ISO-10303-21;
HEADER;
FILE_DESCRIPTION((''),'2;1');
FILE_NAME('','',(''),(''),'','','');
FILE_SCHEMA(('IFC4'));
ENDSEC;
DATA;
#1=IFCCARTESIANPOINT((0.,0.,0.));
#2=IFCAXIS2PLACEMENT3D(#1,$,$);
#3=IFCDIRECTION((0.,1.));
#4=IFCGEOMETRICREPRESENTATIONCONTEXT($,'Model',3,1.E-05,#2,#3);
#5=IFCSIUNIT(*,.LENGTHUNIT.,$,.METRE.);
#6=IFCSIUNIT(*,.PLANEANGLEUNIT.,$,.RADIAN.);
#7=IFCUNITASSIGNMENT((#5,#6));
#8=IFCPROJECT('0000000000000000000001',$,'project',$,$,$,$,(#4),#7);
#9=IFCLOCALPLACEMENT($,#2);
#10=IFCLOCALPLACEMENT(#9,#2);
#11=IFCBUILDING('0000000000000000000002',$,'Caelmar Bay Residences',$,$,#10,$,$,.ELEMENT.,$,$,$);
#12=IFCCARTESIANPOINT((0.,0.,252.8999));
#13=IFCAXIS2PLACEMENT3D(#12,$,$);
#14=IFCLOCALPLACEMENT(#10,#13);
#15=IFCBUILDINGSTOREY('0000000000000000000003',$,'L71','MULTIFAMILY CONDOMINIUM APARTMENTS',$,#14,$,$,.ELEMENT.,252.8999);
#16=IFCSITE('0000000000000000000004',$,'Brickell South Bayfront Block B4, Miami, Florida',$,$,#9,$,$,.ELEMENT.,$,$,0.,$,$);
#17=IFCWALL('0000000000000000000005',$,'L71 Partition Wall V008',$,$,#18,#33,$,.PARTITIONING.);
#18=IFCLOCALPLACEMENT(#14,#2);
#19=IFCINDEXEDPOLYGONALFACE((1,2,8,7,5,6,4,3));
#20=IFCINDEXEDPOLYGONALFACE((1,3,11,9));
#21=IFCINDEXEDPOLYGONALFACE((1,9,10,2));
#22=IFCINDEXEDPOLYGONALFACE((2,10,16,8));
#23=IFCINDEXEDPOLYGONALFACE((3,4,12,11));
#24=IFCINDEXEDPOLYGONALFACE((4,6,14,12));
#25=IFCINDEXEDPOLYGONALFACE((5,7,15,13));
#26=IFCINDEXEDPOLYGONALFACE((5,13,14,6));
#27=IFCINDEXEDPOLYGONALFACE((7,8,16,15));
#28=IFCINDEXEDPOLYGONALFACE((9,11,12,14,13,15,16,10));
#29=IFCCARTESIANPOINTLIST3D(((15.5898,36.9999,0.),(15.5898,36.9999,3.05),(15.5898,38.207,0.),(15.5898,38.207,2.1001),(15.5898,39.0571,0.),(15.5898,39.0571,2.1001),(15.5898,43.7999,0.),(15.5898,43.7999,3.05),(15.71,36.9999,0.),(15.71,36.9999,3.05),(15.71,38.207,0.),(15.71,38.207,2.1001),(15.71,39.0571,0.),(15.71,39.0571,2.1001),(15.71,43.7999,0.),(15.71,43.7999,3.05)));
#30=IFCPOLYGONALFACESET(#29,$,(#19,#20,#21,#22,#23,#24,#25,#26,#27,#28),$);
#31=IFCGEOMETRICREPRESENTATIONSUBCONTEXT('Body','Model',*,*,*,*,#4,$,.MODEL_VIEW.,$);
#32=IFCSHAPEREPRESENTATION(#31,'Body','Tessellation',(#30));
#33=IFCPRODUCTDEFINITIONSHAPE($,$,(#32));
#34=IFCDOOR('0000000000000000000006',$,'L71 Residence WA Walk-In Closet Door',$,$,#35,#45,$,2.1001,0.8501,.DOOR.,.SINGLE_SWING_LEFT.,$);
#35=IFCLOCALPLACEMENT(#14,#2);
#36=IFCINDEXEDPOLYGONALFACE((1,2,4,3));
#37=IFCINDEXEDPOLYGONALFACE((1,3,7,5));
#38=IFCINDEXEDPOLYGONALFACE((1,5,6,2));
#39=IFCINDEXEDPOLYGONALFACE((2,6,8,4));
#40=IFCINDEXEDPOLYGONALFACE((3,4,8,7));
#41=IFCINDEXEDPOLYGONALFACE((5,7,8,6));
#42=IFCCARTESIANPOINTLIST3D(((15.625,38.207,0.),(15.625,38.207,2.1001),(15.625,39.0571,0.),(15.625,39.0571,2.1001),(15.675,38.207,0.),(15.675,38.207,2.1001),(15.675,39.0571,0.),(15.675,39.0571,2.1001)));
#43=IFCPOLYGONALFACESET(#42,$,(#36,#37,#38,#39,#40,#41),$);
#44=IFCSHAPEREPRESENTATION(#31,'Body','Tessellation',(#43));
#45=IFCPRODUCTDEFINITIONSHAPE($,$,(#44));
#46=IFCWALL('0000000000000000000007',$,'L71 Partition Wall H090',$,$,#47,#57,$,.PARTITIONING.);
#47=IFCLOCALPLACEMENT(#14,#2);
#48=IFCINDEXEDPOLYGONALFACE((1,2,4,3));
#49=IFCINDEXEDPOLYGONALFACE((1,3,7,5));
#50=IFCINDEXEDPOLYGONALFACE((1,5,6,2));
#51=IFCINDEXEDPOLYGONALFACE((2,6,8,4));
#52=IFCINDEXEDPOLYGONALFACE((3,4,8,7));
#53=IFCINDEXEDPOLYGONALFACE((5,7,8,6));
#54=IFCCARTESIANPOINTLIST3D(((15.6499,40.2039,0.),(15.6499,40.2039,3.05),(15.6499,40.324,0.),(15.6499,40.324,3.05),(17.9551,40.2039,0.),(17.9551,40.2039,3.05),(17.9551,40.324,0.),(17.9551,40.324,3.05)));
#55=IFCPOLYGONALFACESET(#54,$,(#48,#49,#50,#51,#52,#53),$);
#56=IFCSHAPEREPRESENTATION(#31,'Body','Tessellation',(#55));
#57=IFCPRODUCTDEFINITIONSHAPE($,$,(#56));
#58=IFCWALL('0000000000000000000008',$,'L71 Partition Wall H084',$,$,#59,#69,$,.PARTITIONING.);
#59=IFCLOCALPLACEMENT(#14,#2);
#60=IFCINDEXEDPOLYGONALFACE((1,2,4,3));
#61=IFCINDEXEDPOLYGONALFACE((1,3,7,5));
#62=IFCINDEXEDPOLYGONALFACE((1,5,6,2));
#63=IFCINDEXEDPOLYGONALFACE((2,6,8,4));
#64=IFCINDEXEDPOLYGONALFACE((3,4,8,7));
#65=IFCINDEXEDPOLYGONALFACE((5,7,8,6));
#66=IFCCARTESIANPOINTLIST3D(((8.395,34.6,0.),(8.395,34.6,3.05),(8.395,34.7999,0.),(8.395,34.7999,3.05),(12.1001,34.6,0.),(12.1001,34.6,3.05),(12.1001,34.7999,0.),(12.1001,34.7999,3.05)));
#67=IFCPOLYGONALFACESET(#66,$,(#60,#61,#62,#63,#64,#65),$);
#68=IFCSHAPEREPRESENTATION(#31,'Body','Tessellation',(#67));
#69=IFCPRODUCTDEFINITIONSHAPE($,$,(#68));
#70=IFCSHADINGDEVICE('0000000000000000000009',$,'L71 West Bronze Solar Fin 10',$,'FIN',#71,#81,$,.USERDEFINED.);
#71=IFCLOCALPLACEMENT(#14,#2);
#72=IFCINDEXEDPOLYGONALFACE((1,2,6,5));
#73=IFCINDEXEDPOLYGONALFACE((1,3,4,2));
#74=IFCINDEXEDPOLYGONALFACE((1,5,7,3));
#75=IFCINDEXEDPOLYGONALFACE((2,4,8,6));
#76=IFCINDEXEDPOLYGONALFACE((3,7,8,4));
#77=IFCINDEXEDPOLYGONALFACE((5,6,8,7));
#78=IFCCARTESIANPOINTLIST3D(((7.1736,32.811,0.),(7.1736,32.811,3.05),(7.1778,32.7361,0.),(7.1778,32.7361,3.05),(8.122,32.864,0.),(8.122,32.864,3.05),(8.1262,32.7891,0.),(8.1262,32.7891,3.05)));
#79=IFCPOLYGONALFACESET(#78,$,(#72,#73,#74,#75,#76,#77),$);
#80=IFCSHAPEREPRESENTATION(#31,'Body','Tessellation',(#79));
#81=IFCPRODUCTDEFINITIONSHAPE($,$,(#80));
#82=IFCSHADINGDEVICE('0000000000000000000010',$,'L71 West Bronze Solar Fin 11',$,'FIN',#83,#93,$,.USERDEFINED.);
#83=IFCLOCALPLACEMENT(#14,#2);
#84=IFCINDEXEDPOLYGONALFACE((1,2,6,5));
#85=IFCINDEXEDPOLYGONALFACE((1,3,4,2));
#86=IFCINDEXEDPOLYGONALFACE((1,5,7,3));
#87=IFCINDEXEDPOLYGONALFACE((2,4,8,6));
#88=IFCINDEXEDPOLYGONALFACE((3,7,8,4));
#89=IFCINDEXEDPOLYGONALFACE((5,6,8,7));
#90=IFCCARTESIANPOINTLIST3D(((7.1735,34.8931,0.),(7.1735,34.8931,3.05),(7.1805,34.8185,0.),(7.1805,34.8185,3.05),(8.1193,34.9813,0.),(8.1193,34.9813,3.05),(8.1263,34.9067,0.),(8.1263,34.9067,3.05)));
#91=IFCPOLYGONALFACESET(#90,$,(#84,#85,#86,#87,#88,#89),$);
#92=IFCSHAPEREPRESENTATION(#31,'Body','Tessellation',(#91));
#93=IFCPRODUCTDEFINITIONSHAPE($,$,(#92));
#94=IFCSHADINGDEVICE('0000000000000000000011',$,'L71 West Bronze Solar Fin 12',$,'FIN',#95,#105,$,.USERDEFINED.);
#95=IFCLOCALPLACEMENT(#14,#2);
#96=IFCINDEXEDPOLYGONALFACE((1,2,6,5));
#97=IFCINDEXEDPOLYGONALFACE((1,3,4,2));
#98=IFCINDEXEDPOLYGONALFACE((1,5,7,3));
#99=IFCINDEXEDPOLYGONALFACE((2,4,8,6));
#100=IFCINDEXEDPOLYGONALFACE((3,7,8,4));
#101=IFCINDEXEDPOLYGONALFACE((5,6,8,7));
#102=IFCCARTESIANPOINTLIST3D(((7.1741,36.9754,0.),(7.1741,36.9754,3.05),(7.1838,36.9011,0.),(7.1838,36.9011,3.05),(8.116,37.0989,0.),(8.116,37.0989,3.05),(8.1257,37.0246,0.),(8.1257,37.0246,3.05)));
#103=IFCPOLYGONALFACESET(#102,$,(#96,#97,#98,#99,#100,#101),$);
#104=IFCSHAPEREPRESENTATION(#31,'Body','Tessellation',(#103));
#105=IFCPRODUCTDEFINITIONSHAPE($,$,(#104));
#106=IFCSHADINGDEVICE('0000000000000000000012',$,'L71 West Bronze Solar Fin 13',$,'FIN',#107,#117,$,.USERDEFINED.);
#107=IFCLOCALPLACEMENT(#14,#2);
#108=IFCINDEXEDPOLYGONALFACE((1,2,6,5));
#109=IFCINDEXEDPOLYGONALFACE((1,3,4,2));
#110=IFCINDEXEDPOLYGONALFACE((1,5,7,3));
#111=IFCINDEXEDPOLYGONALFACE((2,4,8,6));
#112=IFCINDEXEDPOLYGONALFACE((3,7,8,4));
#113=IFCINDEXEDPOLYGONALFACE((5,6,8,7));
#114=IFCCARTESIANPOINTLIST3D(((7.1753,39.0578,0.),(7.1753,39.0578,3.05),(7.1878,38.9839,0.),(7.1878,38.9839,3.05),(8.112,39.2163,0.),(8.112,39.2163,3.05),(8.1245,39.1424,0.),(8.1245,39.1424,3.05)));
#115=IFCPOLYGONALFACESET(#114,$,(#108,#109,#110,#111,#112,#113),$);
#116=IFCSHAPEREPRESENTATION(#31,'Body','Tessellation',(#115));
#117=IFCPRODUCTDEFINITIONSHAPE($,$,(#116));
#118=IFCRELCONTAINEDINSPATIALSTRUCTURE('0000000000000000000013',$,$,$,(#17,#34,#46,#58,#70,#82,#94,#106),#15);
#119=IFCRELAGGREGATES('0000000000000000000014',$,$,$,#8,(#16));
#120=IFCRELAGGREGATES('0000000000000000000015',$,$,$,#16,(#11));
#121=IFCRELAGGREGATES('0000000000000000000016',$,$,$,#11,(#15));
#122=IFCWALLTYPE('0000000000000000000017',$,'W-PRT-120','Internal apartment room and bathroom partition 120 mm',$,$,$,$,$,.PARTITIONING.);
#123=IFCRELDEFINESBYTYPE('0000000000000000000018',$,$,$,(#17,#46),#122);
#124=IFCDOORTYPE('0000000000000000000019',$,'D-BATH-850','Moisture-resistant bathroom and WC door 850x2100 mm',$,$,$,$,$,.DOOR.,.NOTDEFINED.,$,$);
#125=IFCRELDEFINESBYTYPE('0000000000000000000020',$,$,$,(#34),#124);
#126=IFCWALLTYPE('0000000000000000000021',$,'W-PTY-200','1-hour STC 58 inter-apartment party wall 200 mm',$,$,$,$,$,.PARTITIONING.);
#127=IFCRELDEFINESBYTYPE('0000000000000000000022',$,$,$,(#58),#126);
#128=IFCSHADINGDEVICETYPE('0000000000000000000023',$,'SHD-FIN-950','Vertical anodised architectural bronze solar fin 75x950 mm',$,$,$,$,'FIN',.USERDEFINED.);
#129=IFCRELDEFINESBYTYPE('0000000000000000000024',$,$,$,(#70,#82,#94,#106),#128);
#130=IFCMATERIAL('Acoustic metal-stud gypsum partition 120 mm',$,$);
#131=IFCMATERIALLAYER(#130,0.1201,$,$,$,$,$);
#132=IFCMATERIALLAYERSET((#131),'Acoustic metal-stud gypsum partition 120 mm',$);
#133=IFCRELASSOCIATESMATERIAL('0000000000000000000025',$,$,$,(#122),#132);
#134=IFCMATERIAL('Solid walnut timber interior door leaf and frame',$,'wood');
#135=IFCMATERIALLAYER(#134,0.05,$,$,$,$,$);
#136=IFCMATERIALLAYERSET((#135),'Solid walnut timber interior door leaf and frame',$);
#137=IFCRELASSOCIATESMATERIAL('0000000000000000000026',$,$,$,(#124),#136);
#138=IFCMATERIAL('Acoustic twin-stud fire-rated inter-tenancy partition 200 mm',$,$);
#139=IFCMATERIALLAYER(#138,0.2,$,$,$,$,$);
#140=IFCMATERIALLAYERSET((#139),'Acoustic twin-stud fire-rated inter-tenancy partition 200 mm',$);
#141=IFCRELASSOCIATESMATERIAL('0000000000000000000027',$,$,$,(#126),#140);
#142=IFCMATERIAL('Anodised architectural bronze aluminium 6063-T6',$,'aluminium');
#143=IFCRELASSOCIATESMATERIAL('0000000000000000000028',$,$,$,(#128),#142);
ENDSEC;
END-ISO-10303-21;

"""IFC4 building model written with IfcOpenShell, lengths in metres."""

from ifc_helpers import new_model, si_unit, direction, frame, frame_2d, origin, origin_2d, place, context, subcontext, project, spatial, rectangle, extrude, material, layer, layer_set, material_profile, profile_set, type_object, element, fill, save


model = new_model("IFC4")

# Units and contexts
model_context = context("Model", 3, precision=1e-05, world=origin(), true_north=direction((0.0, 1.0)))
body_context = subcontext(model_context, "Body", "Model", "MODEL_VIEW")
ifc_project = project(units=[si_unit("LENGTHUNIT", "METRE"), si_unit("PLANEANGLEUNIT", "RADIAN")], contexts=[model_context])

# Site, building, storey
site_placement = place(None, origin())
site = spatial("IfcSite", under=ifc_project, at=site_placement, Name="Brickell South Bayfront Block B4, Miami, Florida", CompositionType="ELEMENT", RefElevation=0.0)
building_placement = place(site_placement, origin())
building = spatial("IfcBuilding", under=site, at=building_placement, Name="Caelmar Bay Residences", CompositionType="ELEMENT")
storey_placement = place(building_placement, frame((0.0, 0.0, 252.8999)))
storey = spatial("IfcBuildingStorey", under=building, at=storey_placement, Name="L71", Description="MULTIFAMILY CONDOMINIUM APARTMENTS", CompositionType="ELEMENT", Elevation=252.8999)

# Shared definitions
ifc_material_1 = material(Name="Acoustic metal-stud gypsum partition 120 mm")
ifc_layer_1 = layer(ifc_material_1, 0.1201)
ifc_layer_set_1 = layer_set([ifc_layer_1], Name="Acoustic metal-stud gypsum partition 120 mm")
wall_type_1 = type_object("IfcWallType", Name="W-PRT-120", Description="Internal apartment room and bathroom partition 120 mm", PredefinedType="PARTITIONING", material=ifc_layer_set_1)
ifc_material_2 = material(Name="Solid walnut timber interior door leaf and frame", Category="wood")

# Wall, opening, door
wall_1_placement = place(storey_placement, frame((15.6499, 37.0, 0.0), z_axis=(0.0, 0.0, 1.0), x_axis=(0.0, 1.0, 0.0)))
wall_1 = element("IfcWall", 1, at=wall_1_placement, inside=storey, type_object=wall_type_1, Name="L71 Partition Wall V008", PredefinedType="PARTITIONING", context=body_context, shape_type="SweptSolid", body=[
    extrude(rectangle(XDim=6.8, YDim=0.1201, at=frame_2d((3.3999, 0.0))), origin(), (0.0, 0.0, 1.0), 3.05),
])
opening_1_placement = place(wall_1_placement, frame((1.207, 0.0, 0.0)))
opening_1 = element("IfcOpeningElement", 2, at=opening_1_placement, cuts=wall_1, PredefinedType="OPENING", context=body_context, shape_type="SweptSolid", body=[
    extrude(rectangle(XDim=0.8501, YDim=2.1001, at=frame_2d((0.425, 1.05))), frame((0.0, 0.0701, 0.0), z_axis=(0.0, -1.0, 0.0), x_axis=(1.0, 0.0, 0.0)), (0.0, 0.0, 1.0), 0.1401),
])
ifc_layer_2 = layer(ifc_material_2, 0.05)
ifc_layer_set_2 = layer_set([ifc_layer_2], Name="Solid walnut timber interior door leaf and frame")
door_type_1 = type_object("IfcDoorType", Name="D-BATH-850", Description="Moisture-resistant bathroom and WC door 850x2100 mm", OperationType="NOTDEFINED", PredefinedType="DOOR", material=ifc_layer_set_2)
door_1_placement = place(opening_1_placement, origin())
door_1 = element("IfcDoor", 3, at=door_1_placement, inside=storey, type_object=door_type_1, Name="L71 Residence WA Walk-In Closet Door", OperationType="SINGLE_SWING_LEFT", OverallHeight=2.1001, OverallWidth=0.8501, PredefinedType="DOOR", context=body_context, shape_type="SweptSolid", body=[
    extrude(rectangle(XDim=0.8501, YDim=2.1001, at=frame_2d((0.425, 1.05))), frame((0.0, 0.0249, 0.0), z_axis=(0.0, -1.0, 0.0), x_axis=(1.0, 0.0, 0.0)), (0.0, 0.0, 1.0), 0.05),
])
fill(opening_1, door_1)

# Walls
wall_2_placement = place(storey_placement, frame((15.6499, 40.2639, 0.0), z_axis=(0.0, 0.0, 1.0), x_axis=(1.0, 0.0, 0.0)))
element("IfcWall", 4, at=wall_2_placement, inside=storey, type_object=wall_type_1, Name="L71 Partition Wall H090", PredefinedType="PARTITIONING", context=body_context, shape_type="SweptSolid", body=[
    extrude(rectangle(XDim=2.3052, YDim=0.1201, at=frame_2d((1.1526, 0.0))), origin(), (0.0, 0.0, 1.0), 3.05),
])
ifc_material_3 = material(Name="Acoustic twin-stud fire-rated inter-tenancy partition 200 mm")
ifc_layer_3 = layer(ifc_material_3, 0.2)
ifc_layer_set_3 = layer_set([ifc_layer_3], Name="Acoustic twin-stud fire-rated inter-tenancy partition 200 mm")
wall_type_2 = type_object("IfcWallType", Name="W-PTY-200", Description="1-hour STC 58 inter-apartment party wall 200 mm", PredefinedType="PARTITIONING", material=ifc_layer_set_3)
wall_3_placement = place(storey_placement, frame((8.395, 34.7, 0.0), z_axis=(0.0, 0.0, 1.0), x_axis=(1.0, 0.0, 0.0)))
element("IfcWall", 5, at=wall_3_placement, inside=storey, type_object=wall_type_2, Name="L71 Partition Wall H084", PredefinedType="PARTITIONING", context=body_context, shape_type="SweptSolid", body=[
    extrude(rectangle(XDim=3.7051, YDim=0.2, at=frame_2d((1.8525, 0.0))), origin(), (0.0, 0.0, 1.0), 3.05),
])

# Shading devices
ifc_material_4 = material(Name="Anodised architectural bronze aluminium 6063-T6", Category="aluminium")
ifc_material_profile = material_profile(ifc_material_4, rectangle(XDim=0.075, YDim=0.95, at=origin_2d()), Name="BRONZE-FIN-75X950")
ifc_profile_set = profile_set([ifc_material_profile], Name="Anodised architectural bronze aluminium 6063-T6")
shading_device_type = type_object("IfcShadingDeviceType", Name="SHD-FIN-950", Description="Vertical anodised architectural bronze solar fin 75x950 mm", ElementType="FIN", PredefinedType="USERDEFINED", material=ifc_profile_set)
for number, where, z_axis, x_axis, name in (
    (6, (7.6499, 32.8, 0.0), (0.0, 0.0, 1.0), (-0.055822, 0.998441, 0.0), "L71 West Bronze Solar Fin 10"),
    (7, (7.6499, 34.8999, 0.0), (0.0, 0.0, 1.0), (-0.092892, 0.995676, 0.0), "L71 West Bronze Solar Fin 11"),
    (8, (7.6499, 37.0, 0.0), (0.0, 0.0, 1.0), (-0.130007, 0.991513, 0.0), "L71 West Bronze Solar Fin 12"),
    (9, (7.6499, 39.1001, 0.0), (0.0, 0.0, 1.0), (-0.166769, 0.985996, 0.0), "L71 West Bronze Solar Fin 13"),
):
    element("IfcShadingDevice", number, at=place(storey_placement, frame(where, z_axis=z_axis, x_axis=x_axis)), inside=storey, type_object=shading_device_type, Name=name, ObjectType="FIN", PredefinedType="USERDEFINED", context=body_context, shape_type="SweptSolid", body=[
        extrude(rectangle(XDim=0.075, YDim=0.95, at=origin_2d()), origin(), (0.0, 0.0, 1.0), 3.05),
    ])

save(model, "model.ifc")
